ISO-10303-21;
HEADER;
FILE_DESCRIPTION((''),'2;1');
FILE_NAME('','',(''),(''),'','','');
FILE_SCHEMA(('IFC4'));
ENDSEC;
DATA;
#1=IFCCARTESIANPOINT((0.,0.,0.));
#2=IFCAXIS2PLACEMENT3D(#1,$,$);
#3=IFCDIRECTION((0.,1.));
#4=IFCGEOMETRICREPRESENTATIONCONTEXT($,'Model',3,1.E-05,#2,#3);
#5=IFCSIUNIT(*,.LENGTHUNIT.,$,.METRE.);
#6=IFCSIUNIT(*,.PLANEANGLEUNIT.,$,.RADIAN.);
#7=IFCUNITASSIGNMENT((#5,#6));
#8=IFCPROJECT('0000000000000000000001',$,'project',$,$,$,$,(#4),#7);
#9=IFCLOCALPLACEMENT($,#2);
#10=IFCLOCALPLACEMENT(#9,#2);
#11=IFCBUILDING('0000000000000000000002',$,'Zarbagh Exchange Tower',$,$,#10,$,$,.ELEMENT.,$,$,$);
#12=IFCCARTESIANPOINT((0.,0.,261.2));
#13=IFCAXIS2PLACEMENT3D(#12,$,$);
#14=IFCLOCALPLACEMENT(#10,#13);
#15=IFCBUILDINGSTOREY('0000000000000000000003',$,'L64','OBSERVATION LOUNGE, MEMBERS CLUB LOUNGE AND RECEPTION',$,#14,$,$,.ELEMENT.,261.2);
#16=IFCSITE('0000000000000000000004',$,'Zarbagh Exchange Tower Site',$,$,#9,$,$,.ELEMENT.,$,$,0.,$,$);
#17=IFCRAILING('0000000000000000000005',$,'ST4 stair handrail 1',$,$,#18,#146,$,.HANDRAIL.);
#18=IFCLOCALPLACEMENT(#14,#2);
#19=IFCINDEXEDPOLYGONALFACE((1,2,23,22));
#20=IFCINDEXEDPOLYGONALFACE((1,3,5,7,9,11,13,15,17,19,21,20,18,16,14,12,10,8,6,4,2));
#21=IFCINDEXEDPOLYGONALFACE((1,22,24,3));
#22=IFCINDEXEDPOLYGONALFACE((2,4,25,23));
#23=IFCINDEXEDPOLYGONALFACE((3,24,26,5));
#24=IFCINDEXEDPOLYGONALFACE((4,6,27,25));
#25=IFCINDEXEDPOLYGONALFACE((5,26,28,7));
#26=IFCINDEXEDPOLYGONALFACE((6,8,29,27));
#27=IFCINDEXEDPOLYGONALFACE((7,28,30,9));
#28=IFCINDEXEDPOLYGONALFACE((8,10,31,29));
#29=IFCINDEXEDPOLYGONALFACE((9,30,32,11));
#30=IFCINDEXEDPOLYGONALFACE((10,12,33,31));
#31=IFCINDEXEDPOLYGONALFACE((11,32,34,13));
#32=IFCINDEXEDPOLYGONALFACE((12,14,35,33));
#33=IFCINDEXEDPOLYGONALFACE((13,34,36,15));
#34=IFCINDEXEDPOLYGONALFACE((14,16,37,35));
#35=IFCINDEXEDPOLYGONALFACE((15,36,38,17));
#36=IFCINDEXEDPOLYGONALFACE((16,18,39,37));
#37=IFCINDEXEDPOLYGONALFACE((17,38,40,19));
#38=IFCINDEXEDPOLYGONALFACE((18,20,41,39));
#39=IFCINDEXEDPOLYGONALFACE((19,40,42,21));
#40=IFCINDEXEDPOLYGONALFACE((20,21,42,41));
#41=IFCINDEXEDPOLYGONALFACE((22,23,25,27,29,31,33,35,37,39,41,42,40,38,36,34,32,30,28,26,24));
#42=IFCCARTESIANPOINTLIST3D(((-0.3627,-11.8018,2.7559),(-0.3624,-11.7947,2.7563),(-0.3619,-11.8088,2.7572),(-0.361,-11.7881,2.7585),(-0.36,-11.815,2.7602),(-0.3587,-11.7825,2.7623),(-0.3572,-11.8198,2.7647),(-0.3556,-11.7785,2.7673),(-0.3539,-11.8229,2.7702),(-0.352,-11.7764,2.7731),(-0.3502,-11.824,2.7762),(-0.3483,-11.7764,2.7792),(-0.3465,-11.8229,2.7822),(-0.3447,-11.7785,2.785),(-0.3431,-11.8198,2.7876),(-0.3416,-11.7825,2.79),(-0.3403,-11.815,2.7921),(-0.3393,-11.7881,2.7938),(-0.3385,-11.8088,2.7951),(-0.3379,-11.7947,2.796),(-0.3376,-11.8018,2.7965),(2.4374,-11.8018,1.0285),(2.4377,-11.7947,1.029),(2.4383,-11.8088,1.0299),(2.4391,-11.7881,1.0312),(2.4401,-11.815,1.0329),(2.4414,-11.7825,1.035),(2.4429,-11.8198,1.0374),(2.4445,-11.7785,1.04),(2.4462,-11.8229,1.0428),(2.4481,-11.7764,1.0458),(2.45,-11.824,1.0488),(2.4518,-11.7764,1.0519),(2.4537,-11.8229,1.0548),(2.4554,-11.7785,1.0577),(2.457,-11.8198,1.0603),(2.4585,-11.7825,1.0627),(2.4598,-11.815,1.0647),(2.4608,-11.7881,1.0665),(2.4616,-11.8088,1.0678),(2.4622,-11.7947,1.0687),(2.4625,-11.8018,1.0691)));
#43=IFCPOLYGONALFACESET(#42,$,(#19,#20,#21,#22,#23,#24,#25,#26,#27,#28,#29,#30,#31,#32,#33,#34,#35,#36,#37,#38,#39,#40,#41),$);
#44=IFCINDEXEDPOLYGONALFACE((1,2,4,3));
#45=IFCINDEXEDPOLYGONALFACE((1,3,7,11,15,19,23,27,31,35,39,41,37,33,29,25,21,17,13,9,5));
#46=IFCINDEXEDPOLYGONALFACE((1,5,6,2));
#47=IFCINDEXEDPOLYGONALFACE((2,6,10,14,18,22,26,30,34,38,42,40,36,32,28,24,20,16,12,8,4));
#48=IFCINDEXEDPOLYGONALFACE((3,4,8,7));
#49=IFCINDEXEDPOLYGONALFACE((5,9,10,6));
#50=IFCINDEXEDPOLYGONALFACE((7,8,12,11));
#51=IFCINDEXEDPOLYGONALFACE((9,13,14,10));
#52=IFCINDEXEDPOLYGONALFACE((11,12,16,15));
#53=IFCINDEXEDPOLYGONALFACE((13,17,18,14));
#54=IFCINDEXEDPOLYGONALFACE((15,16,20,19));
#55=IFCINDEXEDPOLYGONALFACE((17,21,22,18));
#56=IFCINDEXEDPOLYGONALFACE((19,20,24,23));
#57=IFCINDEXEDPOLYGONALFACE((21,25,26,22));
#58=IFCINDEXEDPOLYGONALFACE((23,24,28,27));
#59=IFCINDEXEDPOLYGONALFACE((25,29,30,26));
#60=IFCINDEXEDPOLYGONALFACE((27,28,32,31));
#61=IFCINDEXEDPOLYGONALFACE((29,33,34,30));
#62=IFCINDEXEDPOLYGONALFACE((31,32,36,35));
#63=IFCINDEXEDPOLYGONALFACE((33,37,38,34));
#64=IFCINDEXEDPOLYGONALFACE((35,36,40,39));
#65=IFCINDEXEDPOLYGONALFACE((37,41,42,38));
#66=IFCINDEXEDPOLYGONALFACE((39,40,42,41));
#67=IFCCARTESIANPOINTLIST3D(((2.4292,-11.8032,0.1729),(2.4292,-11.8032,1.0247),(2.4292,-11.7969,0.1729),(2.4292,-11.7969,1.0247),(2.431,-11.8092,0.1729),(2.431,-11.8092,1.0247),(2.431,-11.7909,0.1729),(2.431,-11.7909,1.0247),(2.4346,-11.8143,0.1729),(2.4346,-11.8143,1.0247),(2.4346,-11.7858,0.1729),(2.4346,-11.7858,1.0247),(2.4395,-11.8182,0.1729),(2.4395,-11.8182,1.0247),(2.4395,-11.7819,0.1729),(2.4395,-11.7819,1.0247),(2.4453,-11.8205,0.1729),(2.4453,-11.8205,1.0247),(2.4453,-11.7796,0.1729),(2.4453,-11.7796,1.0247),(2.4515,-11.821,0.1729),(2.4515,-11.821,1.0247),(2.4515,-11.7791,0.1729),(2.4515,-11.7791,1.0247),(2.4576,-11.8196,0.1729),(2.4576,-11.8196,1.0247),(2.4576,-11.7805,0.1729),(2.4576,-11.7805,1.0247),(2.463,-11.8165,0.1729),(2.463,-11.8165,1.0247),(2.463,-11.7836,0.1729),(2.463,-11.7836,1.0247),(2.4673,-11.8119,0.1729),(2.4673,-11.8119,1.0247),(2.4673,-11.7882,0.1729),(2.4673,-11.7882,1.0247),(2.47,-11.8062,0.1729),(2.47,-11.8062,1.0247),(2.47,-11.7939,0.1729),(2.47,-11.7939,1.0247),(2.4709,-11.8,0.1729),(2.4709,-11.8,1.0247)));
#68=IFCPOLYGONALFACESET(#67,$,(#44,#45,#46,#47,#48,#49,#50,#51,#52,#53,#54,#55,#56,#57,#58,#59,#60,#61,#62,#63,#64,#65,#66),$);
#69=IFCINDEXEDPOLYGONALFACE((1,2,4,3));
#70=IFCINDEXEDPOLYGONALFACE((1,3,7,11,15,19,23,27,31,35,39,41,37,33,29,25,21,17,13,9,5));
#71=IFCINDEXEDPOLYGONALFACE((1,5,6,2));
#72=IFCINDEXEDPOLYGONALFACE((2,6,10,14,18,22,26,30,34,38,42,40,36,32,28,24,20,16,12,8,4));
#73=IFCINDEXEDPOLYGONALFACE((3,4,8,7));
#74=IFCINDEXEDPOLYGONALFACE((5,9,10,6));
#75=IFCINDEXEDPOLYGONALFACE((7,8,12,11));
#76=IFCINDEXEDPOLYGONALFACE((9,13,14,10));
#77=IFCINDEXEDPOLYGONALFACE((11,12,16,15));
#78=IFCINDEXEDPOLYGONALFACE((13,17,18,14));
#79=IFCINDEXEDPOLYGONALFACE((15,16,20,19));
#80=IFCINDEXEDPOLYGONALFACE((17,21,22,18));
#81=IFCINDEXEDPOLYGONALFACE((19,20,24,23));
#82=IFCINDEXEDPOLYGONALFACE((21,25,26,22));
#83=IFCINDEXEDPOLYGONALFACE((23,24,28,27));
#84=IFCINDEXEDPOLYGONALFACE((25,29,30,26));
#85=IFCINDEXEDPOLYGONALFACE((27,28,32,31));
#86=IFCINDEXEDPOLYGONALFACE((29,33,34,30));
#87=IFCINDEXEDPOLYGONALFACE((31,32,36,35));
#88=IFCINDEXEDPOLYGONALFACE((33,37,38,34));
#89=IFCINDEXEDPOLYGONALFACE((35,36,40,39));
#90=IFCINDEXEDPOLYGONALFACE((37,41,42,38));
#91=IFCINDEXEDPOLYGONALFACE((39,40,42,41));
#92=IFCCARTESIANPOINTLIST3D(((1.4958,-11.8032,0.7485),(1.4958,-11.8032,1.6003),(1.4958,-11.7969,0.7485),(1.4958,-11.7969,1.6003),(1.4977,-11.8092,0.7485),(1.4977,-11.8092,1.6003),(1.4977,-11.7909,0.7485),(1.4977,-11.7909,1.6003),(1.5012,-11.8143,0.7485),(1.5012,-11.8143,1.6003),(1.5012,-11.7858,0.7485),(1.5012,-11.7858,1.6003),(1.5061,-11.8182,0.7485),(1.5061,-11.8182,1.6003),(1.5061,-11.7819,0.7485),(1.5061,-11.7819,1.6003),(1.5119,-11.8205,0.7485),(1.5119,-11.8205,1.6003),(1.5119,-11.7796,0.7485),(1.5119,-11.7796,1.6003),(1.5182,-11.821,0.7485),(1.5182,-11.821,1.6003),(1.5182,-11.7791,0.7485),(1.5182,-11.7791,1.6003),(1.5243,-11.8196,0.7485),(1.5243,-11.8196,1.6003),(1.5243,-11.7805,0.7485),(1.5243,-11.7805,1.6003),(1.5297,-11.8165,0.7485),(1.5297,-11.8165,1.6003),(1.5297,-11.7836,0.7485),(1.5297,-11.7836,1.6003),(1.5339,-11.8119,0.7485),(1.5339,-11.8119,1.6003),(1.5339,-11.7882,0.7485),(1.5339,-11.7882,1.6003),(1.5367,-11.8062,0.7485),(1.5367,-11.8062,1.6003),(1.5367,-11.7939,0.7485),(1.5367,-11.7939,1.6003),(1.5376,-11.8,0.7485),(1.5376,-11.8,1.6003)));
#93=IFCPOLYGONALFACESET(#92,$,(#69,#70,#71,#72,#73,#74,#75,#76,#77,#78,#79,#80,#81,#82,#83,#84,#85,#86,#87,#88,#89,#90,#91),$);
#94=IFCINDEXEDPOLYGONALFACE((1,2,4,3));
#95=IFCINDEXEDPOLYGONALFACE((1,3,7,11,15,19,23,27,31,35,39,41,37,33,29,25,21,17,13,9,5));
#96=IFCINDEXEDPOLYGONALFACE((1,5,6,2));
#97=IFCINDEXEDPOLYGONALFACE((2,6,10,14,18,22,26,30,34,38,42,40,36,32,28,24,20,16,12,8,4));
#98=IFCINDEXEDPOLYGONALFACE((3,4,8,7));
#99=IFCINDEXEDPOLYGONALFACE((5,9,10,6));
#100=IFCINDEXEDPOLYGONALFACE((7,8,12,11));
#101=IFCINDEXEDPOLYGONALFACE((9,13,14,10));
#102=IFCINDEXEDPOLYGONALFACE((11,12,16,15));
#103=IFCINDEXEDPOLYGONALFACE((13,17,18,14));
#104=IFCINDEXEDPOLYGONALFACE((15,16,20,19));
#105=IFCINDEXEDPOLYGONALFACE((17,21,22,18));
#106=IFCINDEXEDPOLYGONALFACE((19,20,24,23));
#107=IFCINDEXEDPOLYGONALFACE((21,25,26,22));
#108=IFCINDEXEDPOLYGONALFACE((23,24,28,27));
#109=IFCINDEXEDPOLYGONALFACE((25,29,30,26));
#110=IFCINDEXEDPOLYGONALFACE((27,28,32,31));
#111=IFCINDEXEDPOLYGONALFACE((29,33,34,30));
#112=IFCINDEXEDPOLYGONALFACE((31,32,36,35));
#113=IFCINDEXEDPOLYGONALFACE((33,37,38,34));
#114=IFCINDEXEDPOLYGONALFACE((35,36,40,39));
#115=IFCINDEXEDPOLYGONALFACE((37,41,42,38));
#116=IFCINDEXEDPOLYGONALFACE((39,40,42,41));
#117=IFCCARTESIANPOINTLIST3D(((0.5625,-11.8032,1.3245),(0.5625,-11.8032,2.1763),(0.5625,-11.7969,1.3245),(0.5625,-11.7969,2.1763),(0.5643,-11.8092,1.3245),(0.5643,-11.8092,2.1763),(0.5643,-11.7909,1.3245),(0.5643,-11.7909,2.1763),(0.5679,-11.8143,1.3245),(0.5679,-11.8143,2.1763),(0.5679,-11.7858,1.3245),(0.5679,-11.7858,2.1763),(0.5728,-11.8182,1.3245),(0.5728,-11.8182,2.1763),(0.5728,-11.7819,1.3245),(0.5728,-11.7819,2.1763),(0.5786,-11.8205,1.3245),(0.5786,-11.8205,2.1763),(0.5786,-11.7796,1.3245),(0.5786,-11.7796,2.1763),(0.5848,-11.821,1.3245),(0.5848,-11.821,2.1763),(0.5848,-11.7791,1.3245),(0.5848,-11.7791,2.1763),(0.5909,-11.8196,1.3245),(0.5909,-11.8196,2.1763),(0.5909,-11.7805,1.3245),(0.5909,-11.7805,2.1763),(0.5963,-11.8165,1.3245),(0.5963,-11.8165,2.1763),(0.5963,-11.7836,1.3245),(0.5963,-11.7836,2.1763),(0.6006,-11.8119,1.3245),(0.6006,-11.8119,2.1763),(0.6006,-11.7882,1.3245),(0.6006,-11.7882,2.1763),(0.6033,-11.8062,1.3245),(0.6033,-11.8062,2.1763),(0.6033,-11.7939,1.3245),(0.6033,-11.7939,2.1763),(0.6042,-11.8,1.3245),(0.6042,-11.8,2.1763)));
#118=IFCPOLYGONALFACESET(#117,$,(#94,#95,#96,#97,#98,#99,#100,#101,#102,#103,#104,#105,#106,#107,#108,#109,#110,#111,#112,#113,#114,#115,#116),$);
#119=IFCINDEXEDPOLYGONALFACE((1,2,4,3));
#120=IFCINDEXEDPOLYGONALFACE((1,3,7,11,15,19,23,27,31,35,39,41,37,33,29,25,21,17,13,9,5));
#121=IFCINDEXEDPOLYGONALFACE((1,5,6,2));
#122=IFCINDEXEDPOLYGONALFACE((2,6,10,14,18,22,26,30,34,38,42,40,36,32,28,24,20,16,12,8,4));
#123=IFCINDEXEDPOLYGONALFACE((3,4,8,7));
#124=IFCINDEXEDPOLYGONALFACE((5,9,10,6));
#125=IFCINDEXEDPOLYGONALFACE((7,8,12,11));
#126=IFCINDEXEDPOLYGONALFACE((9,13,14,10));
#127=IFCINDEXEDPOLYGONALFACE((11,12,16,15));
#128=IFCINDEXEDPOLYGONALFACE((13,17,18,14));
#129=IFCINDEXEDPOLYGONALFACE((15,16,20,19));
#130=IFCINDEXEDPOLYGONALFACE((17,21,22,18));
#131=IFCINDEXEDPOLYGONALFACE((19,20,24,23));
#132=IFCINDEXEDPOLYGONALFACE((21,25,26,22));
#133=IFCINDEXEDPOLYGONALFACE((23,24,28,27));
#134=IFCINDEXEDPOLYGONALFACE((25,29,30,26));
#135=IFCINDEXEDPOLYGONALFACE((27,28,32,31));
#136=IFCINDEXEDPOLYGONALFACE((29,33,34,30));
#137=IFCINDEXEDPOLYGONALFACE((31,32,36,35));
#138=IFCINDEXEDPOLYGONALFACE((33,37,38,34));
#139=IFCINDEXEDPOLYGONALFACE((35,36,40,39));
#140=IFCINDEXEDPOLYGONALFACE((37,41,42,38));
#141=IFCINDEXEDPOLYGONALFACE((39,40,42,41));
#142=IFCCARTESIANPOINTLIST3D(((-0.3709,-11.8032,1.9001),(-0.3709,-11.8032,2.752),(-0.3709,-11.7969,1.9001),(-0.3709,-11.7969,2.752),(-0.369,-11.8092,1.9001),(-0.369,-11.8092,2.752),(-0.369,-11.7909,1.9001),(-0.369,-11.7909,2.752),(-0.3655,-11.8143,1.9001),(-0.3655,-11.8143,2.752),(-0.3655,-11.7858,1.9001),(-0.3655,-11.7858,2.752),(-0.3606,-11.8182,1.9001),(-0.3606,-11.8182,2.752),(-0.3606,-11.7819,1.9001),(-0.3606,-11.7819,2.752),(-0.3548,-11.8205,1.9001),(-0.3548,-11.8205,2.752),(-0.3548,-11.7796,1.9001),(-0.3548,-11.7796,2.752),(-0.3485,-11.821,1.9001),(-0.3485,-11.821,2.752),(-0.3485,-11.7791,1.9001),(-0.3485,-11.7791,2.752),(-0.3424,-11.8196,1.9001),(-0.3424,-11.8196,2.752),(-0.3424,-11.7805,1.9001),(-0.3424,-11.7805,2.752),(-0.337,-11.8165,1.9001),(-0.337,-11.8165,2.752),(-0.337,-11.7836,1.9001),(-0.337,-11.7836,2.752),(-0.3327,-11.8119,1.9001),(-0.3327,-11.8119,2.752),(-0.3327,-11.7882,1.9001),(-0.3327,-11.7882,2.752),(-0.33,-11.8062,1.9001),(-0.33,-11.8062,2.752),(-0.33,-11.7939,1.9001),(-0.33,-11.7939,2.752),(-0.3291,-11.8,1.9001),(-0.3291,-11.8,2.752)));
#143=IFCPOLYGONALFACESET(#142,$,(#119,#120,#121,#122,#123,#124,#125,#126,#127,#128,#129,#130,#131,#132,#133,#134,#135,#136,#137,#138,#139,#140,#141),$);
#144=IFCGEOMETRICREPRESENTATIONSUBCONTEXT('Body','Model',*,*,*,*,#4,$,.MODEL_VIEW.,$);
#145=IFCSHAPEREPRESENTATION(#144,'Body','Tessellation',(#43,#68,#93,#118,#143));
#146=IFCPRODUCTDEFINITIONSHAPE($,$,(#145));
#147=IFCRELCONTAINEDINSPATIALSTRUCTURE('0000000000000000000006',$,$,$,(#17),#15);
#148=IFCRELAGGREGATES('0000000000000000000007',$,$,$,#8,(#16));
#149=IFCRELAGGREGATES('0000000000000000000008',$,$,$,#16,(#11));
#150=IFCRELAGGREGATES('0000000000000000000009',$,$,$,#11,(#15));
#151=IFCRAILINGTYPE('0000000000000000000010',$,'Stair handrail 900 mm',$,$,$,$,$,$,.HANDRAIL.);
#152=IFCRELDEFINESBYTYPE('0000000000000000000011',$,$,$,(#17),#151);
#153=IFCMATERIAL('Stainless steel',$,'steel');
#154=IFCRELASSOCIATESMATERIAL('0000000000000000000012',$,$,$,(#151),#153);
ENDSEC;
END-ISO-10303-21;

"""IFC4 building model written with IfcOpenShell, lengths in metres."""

from ifc_helpers import new_model, si_unit, direction, frame, origin, origin_2d, place, context, subcontext, project, spatial, circle, extrude, material, type_object, element, save


model = new_model("IFC4")

# Units and contexts
model_context = context("Model", 3, precision=1e-05, world=origin(), true_north=direction((0.0, 1.0)))
body_context = subcontext(model_context, "Body", "Model", "MODEL_VIEW")
ifc_project = project(units=[si_unit("LENGTHUNIT", "METRE"), si_unit("PLANEANGLEUNIT", "RADIAN")], contexts=[model_context])

# Site, building, storey
site_placement = place(None, origin())
site = spatial("IfcSite", under=ifc_project, at=site_placement, Name="Zarbagh Exchange Tower Site", CompositionType="ELEMENT", RefElevation=0.0)
building_placement = place(site_placement, origin())
building = spatial("IfcBuilding", under=site, at=building_placement, Name="Zarbagh Exchange Tower", CompositionType="ELEMENT")
storey_placement = place(building_placement, frame((0.0, 0.0, 261.2)))
storey = spatial("IfcBuildingStorey", under=building, at=storey_placement, Name="L64", Description="OBSERVATION LOUNGE, MEMBERS CLUB LOUNGE AND RECEPTION", CompositionType="ELEMENT", Elevation=261.2)

# Railing
ifc_material_1 = material(Name="Stainless steel", Category="steel")
railing_type = type_object("IfcRailingType", Name="Stair handrail 900 mm", PredefinedType="HANDRAIL", material=ifc_material_1)
railing_placement = place(storey_placement, frame((2.45, -11.8, 0.1729)))
element("IfcRailing", 1, at=railing_placement, inside=storey, type_object=railing_type, Name="ST4 stair handrail 1", PredefinedType="HANDRAIL", context=body_context, shape_type="SweptSolid", body=[
    extrude(circle(Radius=0.0239, at=origin_2d()), frame((0.0, 0.0, 0.876), z_axis=(-0.85109, 0.0, 0.52502), x_axis=(0.0, -1.0, 0.0)), (0.0, 0.0, 1.0), 3.29),
    extrude(circle(Radius=0.021, at=origin_2d()), origin(), (0.0, 0.0, 1.0), 0.8518),
    extrude(circle(Radius=0.021, at=origin_2d()), frame((-0.9333, 0.0, 0.5757)), (0.0, 0.0, 1.0), 0.8518),
    extrude(circle(Radius=0.021, at=origin_2d()), frame((-1.8667, 0.0, 1.1516)), (0.0, 0.0, 1.0), 0.8518),
    extrude(circle(Radius=0.021, at=origin_2d()), frame((-2.8, 0.0, 1.7273)), (0.0, 0.0, 1.0), 0.8518),
])

save(model, "model.ifc")
